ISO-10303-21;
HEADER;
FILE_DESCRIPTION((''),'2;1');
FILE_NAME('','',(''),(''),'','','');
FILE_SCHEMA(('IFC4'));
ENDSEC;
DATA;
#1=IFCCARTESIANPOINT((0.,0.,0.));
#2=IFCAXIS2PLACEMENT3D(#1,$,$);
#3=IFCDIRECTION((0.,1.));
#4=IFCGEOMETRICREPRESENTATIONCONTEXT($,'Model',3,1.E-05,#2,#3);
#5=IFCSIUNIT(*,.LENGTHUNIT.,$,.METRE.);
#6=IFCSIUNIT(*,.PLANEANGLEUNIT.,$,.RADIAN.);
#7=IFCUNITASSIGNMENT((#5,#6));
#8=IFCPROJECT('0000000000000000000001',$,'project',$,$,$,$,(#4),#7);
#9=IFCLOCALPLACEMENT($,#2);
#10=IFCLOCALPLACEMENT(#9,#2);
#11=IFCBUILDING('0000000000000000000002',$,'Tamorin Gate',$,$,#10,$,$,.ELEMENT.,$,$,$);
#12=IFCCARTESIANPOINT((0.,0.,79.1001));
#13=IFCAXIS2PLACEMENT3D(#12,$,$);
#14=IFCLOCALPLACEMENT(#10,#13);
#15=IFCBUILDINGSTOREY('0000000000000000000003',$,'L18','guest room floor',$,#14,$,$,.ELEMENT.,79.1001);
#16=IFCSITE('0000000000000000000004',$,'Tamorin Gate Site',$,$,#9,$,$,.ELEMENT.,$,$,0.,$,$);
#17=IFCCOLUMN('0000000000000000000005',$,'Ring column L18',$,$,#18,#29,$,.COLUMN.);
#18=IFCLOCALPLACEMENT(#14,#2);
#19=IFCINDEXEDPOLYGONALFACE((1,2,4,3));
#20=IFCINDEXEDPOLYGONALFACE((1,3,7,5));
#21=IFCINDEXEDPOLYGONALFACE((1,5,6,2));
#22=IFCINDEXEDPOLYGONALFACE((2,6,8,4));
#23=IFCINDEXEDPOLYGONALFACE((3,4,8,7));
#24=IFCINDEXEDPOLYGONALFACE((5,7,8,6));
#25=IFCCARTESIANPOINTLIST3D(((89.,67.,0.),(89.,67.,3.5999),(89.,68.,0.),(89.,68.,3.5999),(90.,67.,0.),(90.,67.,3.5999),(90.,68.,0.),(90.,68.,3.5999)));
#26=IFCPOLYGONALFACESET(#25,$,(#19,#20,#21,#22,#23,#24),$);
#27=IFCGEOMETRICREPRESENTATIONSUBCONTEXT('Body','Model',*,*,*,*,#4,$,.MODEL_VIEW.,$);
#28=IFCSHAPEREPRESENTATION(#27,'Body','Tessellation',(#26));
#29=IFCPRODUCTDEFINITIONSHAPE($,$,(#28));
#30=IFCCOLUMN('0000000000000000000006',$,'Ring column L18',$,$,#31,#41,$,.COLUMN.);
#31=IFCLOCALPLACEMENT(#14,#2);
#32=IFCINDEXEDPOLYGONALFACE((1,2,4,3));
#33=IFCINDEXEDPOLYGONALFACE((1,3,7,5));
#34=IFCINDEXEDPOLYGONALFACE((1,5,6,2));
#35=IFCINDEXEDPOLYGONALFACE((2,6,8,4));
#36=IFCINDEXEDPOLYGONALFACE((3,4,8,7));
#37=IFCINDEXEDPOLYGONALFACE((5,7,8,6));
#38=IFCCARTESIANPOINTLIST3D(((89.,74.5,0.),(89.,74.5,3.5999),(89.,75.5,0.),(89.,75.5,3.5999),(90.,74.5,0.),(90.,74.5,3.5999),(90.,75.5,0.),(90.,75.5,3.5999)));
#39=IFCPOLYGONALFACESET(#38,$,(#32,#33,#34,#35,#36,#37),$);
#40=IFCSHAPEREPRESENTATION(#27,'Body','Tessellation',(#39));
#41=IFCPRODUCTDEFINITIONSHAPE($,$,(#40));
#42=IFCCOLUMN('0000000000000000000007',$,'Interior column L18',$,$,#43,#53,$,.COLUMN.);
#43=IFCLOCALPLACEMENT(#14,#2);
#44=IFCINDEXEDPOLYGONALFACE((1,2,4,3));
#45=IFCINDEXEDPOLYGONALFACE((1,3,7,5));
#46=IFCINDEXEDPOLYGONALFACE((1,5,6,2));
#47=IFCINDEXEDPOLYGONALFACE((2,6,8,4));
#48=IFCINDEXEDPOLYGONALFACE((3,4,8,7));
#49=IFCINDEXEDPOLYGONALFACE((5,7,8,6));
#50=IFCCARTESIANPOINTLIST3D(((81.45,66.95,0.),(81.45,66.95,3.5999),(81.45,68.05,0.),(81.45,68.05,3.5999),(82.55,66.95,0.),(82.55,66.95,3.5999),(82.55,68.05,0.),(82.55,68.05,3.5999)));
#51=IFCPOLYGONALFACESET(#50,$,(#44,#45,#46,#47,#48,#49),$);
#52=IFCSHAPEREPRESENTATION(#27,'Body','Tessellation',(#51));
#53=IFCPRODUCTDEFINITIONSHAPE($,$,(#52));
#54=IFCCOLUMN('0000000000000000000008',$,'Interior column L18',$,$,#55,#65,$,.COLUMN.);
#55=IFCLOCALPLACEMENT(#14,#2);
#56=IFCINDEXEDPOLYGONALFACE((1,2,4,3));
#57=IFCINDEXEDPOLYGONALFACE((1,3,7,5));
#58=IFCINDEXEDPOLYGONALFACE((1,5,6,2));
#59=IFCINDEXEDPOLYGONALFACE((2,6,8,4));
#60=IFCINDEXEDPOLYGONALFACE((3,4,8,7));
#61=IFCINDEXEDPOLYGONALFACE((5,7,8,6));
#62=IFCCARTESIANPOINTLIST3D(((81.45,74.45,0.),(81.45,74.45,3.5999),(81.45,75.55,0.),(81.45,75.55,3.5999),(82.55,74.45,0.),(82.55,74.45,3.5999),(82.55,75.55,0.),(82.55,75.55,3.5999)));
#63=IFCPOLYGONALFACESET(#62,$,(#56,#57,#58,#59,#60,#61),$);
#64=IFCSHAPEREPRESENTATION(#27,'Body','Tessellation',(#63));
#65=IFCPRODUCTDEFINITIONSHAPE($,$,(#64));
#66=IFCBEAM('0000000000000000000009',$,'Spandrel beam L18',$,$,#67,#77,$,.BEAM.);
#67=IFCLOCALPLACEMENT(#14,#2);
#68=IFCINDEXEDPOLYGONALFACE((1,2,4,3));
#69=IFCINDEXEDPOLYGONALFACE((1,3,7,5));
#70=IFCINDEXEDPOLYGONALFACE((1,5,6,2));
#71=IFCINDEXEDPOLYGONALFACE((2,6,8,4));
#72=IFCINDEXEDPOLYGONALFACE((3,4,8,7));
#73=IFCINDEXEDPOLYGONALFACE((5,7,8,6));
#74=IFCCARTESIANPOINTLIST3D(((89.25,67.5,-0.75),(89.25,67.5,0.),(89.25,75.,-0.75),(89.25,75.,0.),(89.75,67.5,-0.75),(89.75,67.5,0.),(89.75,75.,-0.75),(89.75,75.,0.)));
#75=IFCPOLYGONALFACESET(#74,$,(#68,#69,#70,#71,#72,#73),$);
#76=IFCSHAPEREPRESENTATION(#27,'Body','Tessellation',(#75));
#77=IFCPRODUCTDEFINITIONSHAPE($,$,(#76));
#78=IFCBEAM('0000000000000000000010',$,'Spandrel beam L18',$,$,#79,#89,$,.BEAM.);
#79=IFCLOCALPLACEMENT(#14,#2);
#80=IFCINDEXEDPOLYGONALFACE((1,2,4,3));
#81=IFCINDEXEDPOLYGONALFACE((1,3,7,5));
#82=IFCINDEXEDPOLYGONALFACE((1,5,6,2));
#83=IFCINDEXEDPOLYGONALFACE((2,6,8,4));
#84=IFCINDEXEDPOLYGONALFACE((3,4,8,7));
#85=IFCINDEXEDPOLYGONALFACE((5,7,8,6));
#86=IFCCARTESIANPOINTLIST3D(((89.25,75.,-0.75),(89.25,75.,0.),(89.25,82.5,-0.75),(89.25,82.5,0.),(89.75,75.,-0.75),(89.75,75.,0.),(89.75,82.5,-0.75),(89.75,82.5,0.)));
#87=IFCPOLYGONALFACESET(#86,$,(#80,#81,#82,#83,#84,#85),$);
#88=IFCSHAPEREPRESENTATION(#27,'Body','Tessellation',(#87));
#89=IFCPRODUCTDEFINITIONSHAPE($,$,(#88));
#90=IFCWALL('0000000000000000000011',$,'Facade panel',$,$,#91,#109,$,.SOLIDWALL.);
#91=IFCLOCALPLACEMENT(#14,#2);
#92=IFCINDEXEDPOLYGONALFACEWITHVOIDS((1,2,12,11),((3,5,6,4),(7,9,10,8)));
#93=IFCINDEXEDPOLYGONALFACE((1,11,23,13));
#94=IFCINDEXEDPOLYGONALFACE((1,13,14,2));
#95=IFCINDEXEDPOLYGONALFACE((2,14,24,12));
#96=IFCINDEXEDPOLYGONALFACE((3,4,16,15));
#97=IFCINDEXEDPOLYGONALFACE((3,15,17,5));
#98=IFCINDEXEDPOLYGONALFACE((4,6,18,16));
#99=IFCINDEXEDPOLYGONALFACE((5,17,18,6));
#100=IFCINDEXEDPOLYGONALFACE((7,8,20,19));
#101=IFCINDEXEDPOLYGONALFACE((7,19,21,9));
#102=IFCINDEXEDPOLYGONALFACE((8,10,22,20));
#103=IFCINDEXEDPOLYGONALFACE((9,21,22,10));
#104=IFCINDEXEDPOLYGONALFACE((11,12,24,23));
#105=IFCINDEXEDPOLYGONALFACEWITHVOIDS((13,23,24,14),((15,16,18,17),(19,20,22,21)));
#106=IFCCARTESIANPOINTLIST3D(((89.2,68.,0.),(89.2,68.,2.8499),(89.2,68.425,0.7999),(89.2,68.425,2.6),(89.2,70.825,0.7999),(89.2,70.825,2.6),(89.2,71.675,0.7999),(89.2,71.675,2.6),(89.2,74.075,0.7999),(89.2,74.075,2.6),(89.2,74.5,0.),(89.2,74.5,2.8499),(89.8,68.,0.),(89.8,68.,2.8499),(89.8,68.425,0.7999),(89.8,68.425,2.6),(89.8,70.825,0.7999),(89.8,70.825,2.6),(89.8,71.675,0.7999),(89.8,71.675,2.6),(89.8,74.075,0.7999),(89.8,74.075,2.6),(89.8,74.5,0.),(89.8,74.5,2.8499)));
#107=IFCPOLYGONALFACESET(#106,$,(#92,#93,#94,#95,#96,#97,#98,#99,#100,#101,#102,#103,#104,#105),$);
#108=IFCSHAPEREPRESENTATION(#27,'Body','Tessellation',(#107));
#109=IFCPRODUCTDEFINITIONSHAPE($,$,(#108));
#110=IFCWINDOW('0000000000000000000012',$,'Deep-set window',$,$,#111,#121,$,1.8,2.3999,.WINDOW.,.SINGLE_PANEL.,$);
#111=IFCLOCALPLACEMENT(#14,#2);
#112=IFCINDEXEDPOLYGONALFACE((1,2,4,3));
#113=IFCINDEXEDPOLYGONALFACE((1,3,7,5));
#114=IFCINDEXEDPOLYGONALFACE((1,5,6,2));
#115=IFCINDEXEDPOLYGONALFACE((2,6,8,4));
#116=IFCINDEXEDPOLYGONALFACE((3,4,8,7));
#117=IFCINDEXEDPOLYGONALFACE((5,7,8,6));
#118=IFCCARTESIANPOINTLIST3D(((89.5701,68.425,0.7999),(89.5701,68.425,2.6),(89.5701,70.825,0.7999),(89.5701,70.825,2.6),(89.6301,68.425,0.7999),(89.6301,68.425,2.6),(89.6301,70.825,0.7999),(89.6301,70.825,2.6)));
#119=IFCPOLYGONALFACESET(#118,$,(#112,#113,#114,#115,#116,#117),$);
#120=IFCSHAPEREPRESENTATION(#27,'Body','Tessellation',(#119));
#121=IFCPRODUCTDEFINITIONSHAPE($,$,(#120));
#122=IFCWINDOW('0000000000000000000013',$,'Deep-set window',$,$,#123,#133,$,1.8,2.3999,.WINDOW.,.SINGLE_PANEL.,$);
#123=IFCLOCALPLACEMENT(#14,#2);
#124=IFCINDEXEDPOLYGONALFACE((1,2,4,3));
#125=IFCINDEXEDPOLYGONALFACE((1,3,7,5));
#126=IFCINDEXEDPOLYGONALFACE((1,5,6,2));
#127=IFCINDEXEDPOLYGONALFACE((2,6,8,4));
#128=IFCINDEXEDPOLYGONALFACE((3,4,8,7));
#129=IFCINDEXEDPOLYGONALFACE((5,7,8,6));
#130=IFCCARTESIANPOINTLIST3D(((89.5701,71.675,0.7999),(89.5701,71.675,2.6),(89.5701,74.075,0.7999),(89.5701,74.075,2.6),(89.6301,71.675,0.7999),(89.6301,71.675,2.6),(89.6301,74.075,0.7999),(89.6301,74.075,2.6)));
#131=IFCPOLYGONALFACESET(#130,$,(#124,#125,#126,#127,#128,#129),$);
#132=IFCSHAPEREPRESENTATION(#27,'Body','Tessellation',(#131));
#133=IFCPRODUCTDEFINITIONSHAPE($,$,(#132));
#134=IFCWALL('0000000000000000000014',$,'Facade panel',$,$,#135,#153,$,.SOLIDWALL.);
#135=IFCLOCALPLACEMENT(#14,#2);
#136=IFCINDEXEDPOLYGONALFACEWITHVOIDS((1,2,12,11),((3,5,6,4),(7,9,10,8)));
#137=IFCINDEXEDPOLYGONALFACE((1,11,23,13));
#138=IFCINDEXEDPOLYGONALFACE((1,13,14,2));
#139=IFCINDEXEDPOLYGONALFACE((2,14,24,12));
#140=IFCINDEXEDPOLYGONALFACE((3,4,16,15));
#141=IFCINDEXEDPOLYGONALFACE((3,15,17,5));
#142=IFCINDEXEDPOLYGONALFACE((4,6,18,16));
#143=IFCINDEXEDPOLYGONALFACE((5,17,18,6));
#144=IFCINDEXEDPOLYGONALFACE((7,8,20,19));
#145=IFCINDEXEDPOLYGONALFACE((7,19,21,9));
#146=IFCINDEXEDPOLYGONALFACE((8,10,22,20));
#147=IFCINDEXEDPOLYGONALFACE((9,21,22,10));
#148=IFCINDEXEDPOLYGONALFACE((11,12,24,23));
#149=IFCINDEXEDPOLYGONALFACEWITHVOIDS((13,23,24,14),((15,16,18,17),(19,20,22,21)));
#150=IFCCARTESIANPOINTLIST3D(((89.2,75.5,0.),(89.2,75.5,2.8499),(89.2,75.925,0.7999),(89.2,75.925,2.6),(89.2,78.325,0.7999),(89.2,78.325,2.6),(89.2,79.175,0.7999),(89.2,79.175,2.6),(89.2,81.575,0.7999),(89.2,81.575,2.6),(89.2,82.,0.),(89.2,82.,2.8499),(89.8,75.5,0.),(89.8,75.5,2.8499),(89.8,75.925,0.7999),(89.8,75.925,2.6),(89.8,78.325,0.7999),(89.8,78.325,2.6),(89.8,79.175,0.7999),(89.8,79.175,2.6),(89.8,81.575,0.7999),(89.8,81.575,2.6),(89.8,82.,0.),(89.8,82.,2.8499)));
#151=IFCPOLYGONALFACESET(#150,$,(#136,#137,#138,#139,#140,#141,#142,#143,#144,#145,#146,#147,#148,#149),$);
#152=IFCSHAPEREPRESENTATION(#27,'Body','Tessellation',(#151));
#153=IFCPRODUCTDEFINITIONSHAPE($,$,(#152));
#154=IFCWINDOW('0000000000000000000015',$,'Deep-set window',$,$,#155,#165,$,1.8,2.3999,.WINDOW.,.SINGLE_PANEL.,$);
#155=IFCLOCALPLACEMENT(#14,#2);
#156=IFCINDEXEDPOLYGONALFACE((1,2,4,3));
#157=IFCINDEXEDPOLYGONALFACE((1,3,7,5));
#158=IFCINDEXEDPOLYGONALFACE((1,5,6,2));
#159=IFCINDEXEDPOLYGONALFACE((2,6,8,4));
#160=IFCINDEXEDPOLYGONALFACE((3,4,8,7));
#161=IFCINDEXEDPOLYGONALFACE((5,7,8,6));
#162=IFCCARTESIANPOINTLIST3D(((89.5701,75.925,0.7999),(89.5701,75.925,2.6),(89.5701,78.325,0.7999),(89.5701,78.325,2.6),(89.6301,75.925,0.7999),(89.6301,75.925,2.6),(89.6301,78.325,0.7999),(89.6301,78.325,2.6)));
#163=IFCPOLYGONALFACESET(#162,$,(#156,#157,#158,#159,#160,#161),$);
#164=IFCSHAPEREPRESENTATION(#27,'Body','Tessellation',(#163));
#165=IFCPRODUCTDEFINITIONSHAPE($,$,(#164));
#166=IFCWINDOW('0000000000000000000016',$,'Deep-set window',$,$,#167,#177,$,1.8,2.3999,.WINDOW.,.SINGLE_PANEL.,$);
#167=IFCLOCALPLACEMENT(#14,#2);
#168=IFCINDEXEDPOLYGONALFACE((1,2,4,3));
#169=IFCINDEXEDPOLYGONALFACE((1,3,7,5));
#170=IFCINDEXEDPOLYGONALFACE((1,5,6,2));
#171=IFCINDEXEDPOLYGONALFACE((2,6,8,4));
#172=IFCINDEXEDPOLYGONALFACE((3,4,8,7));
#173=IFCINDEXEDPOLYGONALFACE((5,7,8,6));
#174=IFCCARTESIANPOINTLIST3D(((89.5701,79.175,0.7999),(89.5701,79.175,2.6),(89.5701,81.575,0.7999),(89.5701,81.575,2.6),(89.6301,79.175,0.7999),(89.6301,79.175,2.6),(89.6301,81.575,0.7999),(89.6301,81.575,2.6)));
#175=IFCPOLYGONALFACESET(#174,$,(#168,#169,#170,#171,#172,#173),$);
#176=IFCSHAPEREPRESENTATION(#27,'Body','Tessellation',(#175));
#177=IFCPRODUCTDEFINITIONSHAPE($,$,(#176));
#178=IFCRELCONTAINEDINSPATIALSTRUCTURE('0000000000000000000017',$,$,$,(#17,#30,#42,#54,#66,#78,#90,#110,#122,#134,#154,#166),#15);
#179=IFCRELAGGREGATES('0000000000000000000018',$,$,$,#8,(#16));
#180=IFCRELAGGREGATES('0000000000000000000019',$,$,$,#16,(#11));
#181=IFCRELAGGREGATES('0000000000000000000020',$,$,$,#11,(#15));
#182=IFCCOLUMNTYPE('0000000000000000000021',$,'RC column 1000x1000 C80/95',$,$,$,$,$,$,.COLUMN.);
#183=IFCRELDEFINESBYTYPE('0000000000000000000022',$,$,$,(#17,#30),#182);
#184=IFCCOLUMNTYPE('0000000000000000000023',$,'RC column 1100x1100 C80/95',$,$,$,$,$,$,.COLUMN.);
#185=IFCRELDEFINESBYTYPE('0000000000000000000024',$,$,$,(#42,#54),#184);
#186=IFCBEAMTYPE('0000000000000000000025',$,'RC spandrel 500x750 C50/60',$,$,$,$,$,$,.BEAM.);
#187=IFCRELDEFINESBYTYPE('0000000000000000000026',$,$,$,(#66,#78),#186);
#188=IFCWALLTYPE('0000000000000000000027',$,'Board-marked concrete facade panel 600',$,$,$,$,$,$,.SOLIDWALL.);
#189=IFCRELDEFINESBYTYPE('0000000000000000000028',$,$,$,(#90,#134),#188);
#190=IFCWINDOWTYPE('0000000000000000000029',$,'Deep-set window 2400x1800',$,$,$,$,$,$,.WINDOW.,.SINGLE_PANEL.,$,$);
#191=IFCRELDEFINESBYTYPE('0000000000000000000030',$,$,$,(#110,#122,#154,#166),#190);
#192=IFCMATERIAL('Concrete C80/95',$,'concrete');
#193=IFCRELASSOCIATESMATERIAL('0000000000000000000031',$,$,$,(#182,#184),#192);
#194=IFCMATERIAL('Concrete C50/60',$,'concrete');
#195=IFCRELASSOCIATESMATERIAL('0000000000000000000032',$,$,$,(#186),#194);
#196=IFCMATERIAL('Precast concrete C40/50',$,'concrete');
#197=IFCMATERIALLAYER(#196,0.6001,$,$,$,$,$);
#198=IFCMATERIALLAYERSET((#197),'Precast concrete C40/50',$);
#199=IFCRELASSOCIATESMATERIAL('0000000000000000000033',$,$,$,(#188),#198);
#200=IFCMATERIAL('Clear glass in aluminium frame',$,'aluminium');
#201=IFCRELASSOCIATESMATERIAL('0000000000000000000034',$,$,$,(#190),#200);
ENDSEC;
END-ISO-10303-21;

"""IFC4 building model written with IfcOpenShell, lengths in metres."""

from ifc_helpers import new_model, si_unit, direction, frame, frame_2d, origin, origin_2d, place, context, subcontext, project, spatial, rectangle, extrude, material, layer, layer_set, material_profile, profile_set, type_object, element, fill, save


model = new_model("IFC4")

# Units and contexts
model_context = context("Model", 3, precision=1e-05, world=origin(), true_north=direction((0.0, 1.0)))
body_context = subcontext(model_context, "Body", "Model", "MODEL_VIEW")
ifc_project = project(units=[si_unit("LENGTHUNIT", "METRE"), si_unit("PLANEANGLEUNIT", "RADIAN")], contexts=[model_context])

# Site, building, storey
site_placement = place(None, origin())
site = spatial("IfcSite", under=ifc_project, at=site_placement, Name="Tamorin Gate Site", CompositionType="ELEMENT", RefElevation=0.0)
building_placement = place(site_placement, origin())
building = spatial("IfcBuilding", under=site, at=building_placement, Name="Tamorin Gate", CompositionType="ELEMENT")
storey_placement = place(building_placement, frame((0.0, 0.0, 79.1001)))
storey = spatial("IfcBuildingStorey", under=building, at=storey_placement, Name="L18", Description="guest room floor", CompositionType="ELEMENT", Elevation=79.1001)

# Columns
ifc_material_1 = material(Name="Concrete C80/95", Category="concrete")
ifc_material_profile_1 = material_profile(ifc_material_1, rectangle(XDim=1.0, YDim=1.0, at=origin_2d()), Name="RC 1000x1000")
ifc_profile_set_1 = profile_set([ifc_material_profile_1], Name="Concrete C80/95")
column_type_1 = type_object("IfcColumnType", Name="RC column 1000x1000 C80/95", PredefinedType="COLUMN", material=ifc_profile_set_1)
for number, where, z_axis, x_axis, name in (
    (1, (89.5, 67.5, 0.0), (0.0, 0.0, 1.0), (1.0, 0.0, 0.0), "Ring column L18"),
    (2, (89.5, 75.0, 0.0), (0.0, 0.0, 1.0), (1.0, 0.0, 0.0), "Ring column L18"),
):
    element("IfcColumn", number, at=place(storey_placement, frame(where, z_axis=z_axis, x_axis=x_axis)), inside=storey, type_object=column_type_1, Name=name, PredefinedType="COLUMN", context=body_context, shape_type="SweptSolid", body=[
        extrude(rectangle(XDim=1.0, YDim=1.0, at=origin_2d()), origin(), (0.0, 0.0, 1.0), 3.5999),
    ])
ifc_material_profile_2 = material_profile(ifc_material_1, rectangle(XDim=1.1001, YDim=1.1001, at=origin_2d()), Name="RC 1100x1100")
ifc_profile_set_2 = profile_set([ifc_material_profile_2], Name="Concrete C80/95")
column_type_2 = type_object("IfcColumnType", Name="RC column 1100x1100 C80/95", PredefinedType="COLUMN", material=ifc_profile_set_2)
for number, where, z_axis, x_axis, name in (
    (3, (82.0, 67.5, 0.0), (0.0, 0.0, 1.0), (1.0, 0.0, 0.0), "Interior column L18"),
    (4, (82.0, 75.0, 0.0), (0.0, 0.0, 1.0), (1.0, 0.0, 0.0), "Interior column L18"),
):
    element("IfcColumn", number, at=place(storey_placement, frame(where, z_axis=z_axis, x_axis=x_axis)), inside=storey, type_object=column_type_2, Name=name, PredefinedType="COLUMN", context=body_context, shape_type="SweptSolid", body=[
        extrude(rectangle(XDim=1.1001, YDim=1.1001, at=origin_2d()), origin(), (0.0, 0.0, 1.0), 3.5999),
    ])

# Beams
ifc_material_2 = material(Name="Concrete C50/60", Category="concrete")
ifc_material_profile_3 = material_profile(ifc_material_2, rectangle(XDim=0.5, YDim=0.75, at=origin_2d()), Name="RC 500x750")
ifc_profile_set_3 = profile_set([ifc_material_profile_3], Name="Concrete C50/60")
beam_type = type_object("IfcBeamType", Name="RC spandrel 500x750 C50/60", PredefinedType="BEAM", material=ifc_profile_set_3)
for number, where, z_axis, x_axis, name in (
    (5, (89.5, 67.5, -0.375), (0.0, 1.0, 0.0), (-1.0, 0.0, 0.0), "Spandrel beam L18"),
    (6, (89.5, 75.0, -0.375), (0.0, 1.0, 0.0), (-1.0, 0.0, 0.0), "Spandrel beam L18"),
):
    element("IfcBeam", number, at=place(storey_placement, frame(where, z_axis=z_axis, x_axis=x_axis)), inside=storey, type_object=beam_type, Name=name, PredefinedType="BEAM", context=body_context, shape_type="SweptSolid", body=[
        extrude(rectangle(XDim=0.5, YDim=0.75, at=origin_2d()), origin(), (0.0, 0.0, 1.0), 7.5),
    ])

# Walls, openings, windows
ifc_material_3 = material(Name="Precast concrete C40/50", Category="concrete")
ifc_layer_1 = layer(ifc_material_3, 0.6001)
ifc_layer_set_1 = layer_set([ifc_layer_1], Name="Precast concrete C40/50")
wall_type_1 = type_object("IfcWallType", Name="Board-marked concrete facade panel 600", PredefinedType="SOLIDWALL", material=ifc_layer_set_1)
wall_1_placement = place(storey_placement, frame((89.5, 68.0, 0.0), z_axis=(0.0, 0.0, 1.0), x_axis=(0.0, 1.0, 0.0)))
wall_1 = element("IfcWall", 7, at=wall_1_placement, inside=storey, type_object=wall_type_1, Name="Facade panel", PredefinedType="SOLIDWALL", context=body_context, shape_type="SweptSolid", body=[
    extrude(rectangle(XDim=6.5, YDim=0.6001, at=frame_2d((3.25, 0.0))), origin(), (0.0, 0.0, 1.0), 2.8499),
])
opening_1_placement = place(wall_1_placement, frame((0.425, 0.0, 0.8)))
opening_1 = element("IfcOpeningElement", 8, at=opening_1_placement, cuts=wall_1, PredefinedType="OPENING", context=body_context, shape_type="SweptSolid", body=[
    extrude(rectangle(XDim=2.3999, YDim=1.8, at=frame_2d((1.2, 0.8999))), frame((0.0, 0.3101, 0.0), z_axis=(0.0, -1.0, 0.0), x_axis=(1.0, 0.0, 0.0)), (0.0, 0.0, 1.0), 0.6201),
])
opening_2_placement = place(wall_1_placement, frame((3.675, 0.0, 0.8)))
opening_2 = element("IfcOpeningElement", 9, at=opening_2_placement, cuts=wall_1, PredefinedType="OPENING", context=body_context, shape_type="SweptSolid", body=[
    extrude(rectangle(XDim=2.3999, YDim=1.8, at=frame_2d((1.2, 0.8999))), frame((0.0, 0.3101, 0.0), z_axis=(0.0, -1.0, 0.0), x_axis=(1.0, 0.0, 0.0)), (0.0, 0.0, 1.0), 0.6201),
])
ifc_material_4 = material(Name="Clear glass in aluminium frame", Category="aluminium")
window_type = type_object("IfcWindowType", Name="Deep-set window 2400x1800", PartitioningType="SINGLE_PANEL", PredefinedType="WINDOW", material=ifc_material_4)
window_1_placement = place(opening_1_placement, origin())
window_1 = element("IfcWindow", 10, at=window_1_placement, inside=storey, type_object=window_type, Name="Deep-set window", OverallHeight=1.8, OverallWidth=2.3999, PartitioningType="SINGLE_PANEL", PredefinedType="WINDOW", context=body_context, shape_type="SweptSolid", body=[
    extrude(rectangle(XDim=2.3999, YDim=1.8, at=frame_2d((1.2, 0.8999))), frame((0.0, -0.0701, 0.0), z_axis=(0.0, -1.0, 0.0), x_axis=(1.0, 0.0, 0.0)), (0.0, 0.0, 1.0), 0.0601),
])
fill(opening_1, window_1)
window_2_placement = place(opening_2_placement, origin())
window_2 = element("IfcWindow", 11, at=window_2_placement, inside=storey, type_object=window_type, Name="Deep-set window", OverallHeight=1.8, OverallWidth=2.3999, PartitioningType="SINGLE_PANEL", PredefinedType="WINDOW", context=body_context, shape_type="SweptSolid", body=[
    extrude(rectangle(XDim=2.3999, YDim=1.8, at=frame_2d((1.2, 0.8999))), frame((0.0, -0.0701, 0.0), z_axis=(0.0, -1.0, 0.0), x_axis=(1.0, 0.0, 0.0)), (0.0, 0.0, 1.0), 0.0601),
])
fill(opening_2, window_2)
wall_2_placement = place(storey_placement, frame((89.5, 75.5, 0.0), z_axis=(0.0, 0.0, 1.0), x_axis=(0.0, 1.0, 0.0)))
wall_2 = element("IfcWall", 12, at=wall_2_placement, inside=storey, type_object=wall_type_1, Name="Facade panel", PredefinedType="SOLIDWALL", context=body_context, shape_type="SweptSolid", body=[
    extrude(rectangle(XDim=6.5, YDim=0.6001, at=frame_2d((3.25, 0.0))), origin(), (0.0, 0.0, 1.0), 2.8499),
])
opening_3_placement = place(wall_2_placement, frame((0.425, 0.0, 0.8)))
opening_3 = element("IfcOpeningElement", 13, at=opening_3_placement, cuts=wall_2, PredefinedType="OPENING", context=body_context, shape_type="SweptSolid", body=[
    extrude(rectangle(XDim=2.3999, YDim=1.8, at=frame_2d((1.2, 0.8999))), frame((0.0, 0.3101, 0.0), z_axis=(0.0, -1.0, 0.0), x_axis=(1.0, 0.0, 0.0)), (0.0, 0.0, 1.0), 0.6201),
])
opening_4_placement = place(wall_2_placement, frame((3.675, 0.0, 0.8)))
opening_4 = element("IfcOpeningElement", 14, at=opening_4_placement, cuts=wall_2, PredefinedType="OPENING", context=body_context, shape_type="SweptSolid", body=[
    extrude(rectangle(XDim=2.3999, YDim=1.8, at=frame_2d((1.2, 0.8999))), frame((0.0, 0.3101, 0.0), z_axis=(0.0, -1.0, 0.0), x_axis=(1.0, 0.0, 0.0)), (0.0, 0.0, 1.0), 0.6201),
])
window_3_placement = place(opening_3_placement, origin())
window_3 = element("IfcWindow", 15, at=window_3_placement, inside=storey, type_object=window_type, Name="Deep-set window", OverallHeight=1.8, OverallWidth=2.3999, PartitioningType="SINGLE_PANEL", PredefinedType="WINDOW", context=body_context, shape_type="SweptSolid", body=[
    extrude(rectangle(XDim=2.3999, YDim=1.8, at=frame_2d((1.2, 0.8999))), frame((0.0, -0.0701, 0.0), z_axis=(0.0, -1.0, 0.0), x_axis=(1.0, 0.0, 0.0)), (0.0, 0.0, 1.0), 0.0601),
])
fill(opening_3, window_3)
window_4_placement = place(opening_4_placement, origin())
window_4 = element("IfcWindow", 16, at=window_4_placement, inside=storey, type_object=window_type, Name="Deep-set window", OverallHeight=1.8, OverallWidth=2.3999, PartitioningType="SINGLE_PANEL", PredefinedType="WINDOW", context=body_context, shape_type="SweptSolid", body=[
    extrude(rectangle(XDim=2.3999, YDim=1.8, at=frame_2d((1.2, 0.8999))), frame((0.0, -0.0701, 0.0), z_axis=(0.0, -1.0, 0.0), x_axis=(1.0, 0.0, 0.0)), (0.0, 0.0, 1.0), 0.0601),
])
fill(opening_4, window_4)

save(model, "model.ifc")
